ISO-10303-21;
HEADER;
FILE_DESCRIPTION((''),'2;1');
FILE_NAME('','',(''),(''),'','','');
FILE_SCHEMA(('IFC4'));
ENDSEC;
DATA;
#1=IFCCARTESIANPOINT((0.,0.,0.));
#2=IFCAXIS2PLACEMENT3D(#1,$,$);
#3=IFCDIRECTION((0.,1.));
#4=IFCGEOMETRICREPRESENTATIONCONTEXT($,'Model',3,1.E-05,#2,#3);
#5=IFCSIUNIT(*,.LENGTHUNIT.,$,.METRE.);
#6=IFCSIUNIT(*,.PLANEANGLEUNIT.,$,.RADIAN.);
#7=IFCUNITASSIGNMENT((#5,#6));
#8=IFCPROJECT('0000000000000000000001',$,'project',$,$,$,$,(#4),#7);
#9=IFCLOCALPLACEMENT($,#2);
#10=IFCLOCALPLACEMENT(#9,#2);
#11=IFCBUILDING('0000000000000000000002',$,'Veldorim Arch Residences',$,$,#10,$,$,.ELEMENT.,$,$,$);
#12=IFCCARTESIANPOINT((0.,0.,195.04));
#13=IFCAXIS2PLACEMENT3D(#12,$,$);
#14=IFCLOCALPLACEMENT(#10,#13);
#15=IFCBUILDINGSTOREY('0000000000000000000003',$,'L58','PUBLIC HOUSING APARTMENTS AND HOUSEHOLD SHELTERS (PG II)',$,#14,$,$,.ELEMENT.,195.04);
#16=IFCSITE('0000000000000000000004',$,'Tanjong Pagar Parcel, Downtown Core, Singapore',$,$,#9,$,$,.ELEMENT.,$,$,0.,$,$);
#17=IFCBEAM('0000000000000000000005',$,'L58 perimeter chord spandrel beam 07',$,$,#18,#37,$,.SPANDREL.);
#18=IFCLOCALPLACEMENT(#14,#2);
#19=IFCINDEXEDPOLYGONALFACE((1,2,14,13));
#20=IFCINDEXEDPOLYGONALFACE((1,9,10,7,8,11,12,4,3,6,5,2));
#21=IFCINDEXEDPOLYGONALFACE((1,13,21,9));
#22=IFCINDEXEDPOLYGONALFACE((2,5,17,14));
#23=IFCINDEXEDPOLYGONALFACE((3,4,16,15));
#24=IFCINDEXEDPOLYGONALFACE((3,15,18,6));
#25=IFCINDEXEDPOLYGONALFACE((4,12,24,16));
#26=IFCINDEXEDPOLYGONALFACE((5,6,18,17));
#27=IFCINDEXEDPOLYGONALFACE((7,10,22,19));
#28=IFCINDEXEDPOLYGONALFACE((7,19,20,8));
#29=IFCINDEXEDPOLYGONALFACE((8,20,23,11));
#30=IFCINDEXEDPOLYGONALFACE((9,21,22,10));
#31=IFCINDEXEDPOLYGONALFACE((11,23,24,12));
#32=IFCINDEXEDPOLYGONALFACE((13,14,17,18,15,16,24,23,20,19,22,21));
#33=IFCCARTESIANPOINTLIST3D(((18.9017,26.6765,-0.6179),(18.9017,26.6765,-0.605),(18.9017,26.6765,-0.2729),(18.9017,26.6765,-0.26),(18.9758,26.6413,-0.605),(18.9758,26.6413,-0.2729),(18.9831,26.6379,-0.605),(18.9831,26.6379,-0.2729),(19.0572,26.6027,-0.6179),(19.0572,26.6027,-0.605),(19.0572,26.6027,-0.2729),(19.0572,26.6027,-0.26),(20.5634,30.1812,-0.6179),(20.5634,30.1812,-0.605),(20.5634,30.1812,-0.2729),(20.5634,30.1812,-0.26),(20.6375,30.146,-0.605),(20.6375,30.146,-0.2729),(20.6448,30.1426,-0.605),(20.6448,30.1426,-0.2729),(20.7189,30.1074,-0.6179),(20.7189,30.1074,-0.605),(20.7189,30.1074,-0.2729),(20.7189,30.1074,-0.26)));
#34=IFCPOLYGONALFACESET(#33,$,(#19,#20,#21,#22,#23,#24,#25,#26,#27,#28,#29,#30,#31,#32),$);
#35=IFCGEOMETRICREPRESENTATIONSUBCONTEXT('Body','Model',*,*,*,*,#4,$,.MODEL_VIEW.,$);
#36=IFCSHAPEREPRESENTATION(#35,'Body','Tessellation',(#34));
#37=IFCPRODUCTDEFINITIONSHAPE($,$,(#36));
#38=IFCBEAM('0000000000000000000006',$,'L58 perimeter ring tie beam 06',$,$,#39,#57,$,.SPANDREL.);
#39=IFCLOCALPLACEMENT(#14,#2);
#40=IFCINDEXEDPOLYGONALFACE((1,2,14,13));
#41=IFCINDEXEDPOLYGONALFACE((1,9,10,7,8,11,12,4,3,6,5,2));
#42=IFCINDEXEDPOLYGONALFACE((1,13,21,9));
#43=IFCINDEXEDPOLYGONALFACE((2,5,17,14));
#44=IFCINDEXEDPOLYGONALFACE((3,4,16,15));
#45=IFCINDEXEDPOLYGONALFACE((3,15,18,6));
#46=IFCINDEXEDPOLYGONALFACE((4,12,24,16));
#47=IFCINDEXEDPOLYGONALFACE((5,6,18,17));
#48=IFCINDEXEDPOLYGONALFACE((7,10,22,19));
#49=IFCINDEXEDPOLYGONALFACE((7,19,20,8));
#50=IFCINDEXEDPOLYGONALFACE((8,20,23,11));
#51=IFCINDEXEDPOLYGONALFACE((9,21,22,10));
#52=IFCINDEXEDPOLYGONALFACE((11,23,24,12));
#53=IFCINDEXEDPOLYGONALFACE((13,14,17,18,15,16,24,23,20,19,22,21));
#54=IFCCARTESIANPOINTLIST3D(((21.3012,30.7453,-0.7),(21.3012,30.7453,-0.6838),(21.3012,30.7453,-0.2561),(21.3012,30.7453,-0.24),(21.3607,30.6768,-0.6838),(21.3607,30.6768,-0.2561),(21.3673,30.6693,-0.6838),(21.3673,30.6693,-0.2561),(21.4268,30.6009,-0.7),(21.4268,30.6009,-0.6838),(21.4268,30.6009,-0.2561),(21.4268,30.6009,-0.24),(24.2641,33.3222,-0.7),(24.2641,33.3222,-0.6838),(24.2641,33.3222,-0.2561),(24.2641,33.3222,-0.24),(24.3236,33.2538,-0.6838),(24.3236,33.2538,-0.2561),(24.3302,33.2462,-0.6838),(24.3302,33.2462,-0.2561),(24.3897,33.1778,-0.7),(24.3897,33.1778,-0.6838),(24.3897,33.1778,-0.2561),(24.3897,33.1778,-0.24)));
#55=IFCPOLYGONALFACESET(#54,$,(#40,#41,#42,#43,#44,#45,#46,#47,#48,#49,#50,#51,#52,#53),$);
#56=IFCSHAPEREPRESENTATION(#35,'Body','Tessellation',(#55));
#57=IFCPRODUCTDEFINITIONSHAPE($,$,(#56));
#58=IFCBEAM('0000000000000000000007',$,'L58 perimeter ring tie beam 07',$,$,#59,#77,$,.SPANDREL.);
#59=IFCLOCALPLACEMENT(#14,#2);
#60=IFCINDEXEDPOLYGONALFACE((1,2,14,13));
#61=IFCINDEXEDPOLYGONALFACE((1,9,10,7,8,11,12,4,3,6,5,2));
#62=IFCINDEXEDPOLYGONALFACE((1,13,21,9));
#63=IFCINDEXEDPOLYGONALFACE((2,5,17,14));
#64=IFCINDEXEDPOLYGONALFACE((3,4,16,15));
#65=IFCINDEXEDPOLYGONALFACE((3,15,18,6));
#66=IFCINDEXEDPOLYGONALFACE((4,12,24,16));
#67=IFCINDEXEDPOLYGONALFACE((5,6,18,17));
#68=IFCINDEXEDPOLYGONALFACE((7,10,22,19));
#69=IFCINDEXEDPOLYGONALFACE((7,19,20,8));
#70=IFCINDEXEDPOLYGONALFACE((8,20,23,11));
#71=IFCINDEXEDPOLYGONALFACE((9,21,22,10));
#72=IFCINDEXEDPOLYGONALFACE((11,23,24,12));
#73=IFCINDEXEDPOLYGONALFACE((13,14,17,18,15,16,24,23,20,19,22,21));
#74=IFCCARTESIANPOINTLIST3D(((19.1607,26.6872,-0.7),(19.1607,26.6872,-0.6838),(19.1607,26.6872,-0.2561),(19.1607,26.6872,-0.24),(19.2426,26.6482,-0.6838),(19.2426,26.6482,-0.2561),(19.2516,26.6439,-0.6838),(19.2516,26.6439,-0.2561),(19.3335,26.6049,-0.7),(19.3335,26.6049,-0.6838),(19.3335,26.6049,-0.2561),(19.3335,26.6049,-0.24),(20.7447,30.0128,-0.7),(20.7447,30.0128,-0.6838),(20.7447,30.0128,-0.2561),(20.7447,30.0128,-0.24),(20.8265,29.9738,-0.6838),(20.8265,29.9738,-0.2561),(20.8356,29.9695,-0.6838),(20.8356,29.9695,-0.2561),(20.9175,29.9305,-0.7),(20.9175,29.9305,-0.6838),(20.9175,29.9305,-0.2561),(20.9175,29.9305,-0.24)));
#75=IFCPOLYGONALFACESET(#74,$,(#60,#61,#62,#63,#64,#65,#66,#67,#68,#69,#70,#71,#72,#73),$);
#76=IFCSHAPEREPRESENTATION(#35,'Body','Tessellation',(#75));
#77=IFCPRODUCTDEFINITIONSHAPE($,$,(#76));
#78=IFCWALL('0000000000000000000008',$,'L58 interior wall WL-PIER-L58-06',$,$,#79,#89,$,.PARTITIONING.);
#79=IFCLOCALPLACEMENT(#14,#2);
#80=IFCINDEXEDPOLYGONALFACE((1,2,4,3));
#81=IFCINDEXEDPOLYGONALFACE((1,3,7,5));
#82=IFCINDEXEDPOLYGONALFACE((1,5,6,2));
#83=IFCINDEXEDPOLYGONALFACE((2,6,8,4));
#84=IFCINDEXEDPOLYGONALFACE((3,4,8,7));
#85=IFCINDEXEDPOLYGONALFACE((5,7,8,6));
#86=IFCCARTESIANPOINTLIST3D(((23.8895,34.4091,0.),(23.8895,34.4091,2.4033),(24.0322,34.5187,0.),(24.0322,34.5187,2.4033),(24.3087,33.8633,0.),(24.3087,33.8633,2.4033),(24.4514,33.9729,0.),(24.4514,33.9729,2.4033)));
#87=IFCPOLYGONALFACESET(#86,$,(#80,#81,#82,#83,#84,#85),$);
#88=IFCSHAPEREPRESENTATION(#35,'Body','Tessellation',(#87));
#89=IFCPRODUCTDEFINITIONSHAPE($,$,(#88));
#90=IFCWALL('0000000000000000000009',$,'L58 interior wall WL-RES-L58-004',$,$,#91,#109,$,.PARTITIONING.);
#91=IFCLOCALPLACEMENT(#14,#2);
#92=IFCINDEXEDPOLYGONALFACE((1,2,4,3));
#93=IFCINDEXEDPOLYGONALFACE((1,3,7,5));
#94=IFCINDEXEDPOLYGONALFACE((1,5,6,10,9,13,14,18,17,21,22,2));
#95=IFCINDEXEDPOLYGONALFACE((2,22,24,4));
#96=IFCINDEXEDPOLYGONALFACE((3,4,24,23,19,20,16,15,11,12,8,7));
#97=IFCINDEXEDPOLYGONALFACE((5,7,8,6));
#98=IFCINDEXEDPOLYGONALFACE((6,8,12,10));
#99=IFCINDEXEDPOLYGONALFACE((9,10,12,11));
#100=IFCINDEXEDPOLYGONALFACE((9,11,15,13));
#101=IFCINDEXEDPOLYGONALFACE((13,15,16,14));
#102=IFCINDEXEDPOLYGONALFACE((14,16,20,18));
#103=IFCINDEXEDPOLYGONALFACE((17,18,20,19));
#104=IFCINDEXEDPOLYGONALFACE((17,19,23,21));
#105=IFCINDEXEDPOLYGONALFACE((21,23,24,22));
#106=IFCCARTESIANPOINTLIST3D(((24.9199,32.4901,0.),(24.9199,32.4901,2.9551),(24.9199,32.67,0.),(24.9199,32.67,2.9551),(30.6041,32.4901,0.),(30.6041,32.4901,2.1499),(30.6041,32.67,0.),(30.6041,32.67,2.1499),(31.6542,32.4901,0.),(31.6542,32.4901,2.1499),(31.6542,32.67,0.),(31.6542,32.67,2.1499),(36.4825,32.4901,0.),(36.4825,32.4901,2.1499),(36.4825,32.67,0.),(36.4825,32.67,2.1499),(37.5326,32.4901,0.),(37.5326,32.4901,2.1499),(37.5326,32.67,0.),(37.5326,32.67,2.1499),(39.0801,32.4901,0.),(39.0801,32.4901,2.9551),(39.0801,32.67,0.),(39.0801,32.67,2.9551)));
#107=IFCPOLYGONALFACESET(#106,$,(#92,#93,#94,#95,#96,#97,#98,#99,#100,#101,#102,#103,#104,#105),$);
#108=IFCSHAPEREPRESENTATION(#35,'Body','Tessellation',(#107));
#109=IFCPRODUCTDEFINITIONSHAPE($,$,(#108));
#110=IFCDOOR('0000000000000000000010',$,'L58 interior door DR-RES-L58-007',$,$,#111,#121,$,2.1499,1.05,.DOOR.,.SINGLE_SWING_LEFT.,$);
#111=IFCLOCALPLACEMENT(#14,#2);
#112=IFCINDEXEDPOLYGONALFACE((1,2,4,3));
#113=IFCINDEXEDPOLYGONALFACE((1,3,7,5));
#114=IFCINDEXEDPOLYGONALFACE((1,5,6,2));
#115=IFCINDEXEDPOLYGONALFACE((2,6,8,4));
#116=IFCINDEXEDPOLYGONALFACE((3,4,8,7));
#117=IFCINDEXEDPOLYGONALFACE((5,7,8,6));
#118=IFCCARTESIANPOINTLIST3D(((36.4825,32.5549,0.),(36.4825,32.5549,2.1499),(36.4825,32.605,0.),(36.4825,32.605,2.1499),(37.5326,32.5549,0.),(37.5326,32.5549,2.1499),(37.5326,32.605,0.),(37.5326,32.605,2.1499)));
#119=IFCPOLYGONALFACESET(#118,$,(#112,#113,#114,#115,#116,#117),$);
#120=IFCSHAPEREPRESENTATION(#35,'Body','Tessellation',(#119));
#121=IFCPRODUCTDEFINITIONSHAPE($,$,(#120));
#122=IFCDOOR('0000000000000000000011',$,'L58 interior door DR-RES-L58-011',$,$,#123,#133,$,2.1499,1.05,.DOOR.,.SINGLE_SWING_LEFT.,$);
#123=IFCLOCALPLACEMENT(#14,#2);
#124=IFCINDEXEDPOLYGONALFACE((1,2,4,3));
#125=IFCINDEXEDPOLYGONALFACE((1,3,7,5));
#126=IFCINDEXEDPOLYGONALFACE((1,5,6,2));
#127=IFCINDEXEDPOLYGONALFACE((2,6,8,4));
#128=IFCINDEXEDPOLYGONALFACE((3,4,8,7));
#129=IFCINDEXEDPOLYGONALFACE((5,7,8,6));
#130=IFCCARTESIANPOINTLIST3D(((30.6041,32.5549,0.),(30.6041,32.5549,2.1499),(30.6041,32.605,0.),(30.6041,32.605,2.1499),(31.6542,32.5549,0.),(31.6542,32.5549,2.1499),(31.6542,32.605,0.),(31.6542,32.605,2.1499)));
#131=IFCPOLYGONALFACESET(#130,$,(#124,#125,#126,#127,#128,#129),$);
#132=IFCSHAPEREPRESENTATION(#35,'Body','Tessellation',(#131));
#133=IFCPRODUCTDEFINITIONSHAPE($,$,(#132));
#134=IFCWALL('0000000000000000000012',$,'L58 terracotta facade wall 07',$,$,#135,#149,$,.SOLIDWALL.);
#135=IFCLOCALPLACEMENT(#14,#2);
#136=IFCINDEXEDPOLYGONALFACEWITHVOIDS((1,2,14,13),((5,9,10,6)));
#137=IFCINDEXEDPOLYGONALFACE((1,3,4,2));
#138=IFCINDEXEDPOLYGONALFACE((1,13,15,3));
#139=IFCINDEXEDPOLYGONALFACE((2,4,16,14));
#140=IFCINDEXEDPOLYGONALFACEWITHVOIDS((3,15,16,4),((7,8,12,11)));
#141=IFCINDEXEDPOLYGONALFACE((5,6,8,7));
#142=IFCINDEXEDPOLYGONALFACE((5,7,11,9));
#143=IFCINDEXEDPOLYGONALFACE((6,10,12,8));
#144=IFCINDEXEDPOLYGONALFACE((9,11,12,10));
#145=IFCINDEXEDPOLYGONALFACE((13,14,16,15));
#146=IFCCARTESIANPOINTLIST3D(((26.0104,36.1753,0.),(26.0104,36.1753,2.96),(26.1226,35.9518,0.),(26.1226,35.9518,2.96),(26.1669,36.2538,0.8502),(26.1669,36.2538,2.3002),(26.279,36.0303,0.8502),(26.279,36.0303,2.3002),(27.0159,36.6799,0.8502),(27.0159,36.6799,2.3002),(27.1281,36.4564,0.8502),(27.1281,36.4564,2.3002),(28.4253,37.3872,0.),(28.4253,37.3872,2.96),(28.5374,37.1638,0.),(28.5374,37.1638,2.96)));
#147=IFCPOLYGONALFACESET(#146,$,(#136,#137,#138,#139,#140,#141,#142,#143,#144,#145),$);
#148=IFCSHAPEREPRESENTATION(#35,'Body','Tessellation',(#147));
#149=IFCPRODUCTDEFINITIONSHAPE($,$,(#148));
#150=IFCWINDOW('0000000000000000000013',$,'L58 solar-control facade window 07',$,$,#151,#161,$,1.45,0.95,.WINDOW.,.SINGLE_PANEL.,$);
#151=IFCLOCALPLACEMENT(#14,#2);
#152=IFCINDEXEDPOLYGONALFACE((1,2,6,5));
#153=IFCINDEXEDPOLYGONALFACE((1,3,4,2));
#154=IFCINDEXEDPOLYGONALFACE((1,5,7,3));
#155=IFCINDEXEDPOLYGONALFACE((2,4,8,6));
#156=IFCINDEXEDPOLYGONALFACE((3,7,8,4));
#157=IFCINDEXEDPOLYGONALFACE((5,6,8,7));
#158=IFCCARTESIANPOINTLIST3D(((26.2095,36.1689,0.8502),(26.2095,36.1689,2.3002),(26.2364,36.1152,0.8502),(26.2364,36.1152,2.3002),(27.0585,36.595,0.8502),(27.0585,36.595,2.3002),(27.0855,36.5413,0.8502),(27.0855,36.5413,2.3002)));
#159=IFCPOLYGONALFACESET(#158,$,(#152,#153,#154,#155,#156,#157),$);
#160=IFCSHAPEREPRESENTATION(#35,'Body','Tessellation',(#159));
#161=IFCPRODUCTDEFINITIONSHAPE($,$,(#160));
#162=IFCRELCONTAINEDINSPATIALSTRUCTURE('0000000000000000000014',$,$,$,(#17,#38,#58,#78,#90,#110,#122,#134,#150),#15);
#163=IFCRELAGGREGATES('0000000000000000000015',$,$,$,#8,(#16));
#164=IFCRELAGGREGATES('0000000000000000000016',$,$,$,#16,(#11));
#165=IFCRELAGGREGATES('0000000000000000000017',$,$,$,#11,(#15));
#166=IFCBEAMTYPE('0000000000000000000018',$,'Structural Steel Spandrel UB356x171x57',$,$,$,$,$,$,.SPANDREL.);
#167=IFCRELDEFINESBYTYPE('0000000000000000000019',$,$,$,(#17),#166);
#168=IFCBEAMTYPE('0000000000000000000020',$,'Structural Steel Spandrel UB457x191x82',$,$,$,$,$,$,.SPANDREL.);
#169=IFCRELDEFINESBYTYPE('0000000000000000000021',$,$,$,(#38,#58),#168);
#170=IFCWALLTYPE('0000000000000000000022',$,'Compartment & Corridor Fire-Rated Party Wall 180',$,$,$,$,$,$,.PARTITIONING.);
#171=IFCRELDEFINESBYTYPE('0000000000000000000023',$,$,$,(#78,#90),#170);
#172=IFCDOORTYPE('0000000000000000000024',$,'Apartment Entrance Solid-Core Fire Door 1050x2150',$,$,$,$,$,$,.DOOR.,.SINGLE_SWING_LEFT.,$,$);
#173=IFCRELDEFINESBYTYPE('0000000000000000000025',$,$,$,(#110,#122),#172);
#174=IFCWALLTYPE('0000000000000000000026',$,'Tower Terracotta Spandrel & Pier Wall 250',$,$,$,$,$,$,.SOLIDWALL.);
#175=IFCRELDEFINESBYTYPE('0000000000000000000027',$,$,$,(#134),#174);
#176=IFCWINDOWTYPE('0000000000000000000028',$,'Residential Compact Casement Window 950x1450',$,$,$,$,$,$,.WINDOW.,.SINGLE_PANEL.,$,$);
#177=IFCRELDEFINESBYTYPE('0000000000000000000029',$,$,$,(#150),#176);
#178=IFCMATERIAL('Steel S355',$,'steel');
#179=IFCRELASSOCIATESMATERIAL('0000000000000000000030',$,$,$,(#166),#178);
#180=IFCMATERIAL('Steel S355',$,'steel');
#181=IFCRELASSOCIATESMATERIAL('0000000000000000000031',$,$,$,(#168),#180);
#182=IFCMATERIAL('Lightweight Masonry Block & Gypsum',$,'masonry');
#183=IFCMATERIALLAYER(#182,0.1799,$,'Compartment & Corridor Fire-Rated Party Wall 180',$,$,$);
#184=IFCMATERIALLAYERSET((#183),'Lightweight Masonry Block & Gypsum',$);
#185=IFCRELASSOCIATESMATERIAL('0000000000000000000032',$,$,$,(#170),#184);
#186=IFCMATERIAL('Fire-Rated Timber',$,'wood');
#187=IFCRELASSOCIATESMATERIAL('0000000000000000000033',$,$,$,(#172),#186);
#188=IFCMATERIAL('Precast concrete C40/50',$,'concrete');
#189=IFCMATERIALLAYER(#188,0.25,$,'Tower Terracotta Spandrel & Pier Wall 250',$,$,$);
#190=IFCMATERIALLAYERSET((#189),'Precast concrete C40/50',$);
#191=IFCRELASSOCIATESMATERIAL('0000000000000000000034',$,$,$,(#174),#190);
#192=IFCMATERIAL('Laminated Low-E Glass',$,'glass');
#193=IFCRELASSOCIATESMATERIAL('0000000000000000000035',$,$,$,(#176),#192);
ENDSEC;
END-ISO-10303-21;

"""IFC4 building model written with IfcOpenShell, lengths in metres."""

from ifc_helpers import new_model, si_unit, direction, frame, frame_2d, origin, origin_2d, place, context, subcontext, project, spatial, rectangle, i_section, extrude, material, layer, layer_set, material_profile, profile_set, type_object, element, fill, save


model = new_model("IFC4")

# Units and contexts
model_context = context("Model", 3, precision=1e-05, world=origin(), true_north=direction((0.0, 1.0)))
body_context = subcontext(model_context, "Body", "Model", "MODEL_VIEW")
ifc_project = project(units=[si_unit("LENGTHUNIT", "METRE"), si_unit("PLANEANGLEUNIT", "RADIAN")], contexts=[model_context])

# Site, building, storey
site_placement = place(None, origin())
site = spatial("IfcSite", under=ifc_project, at=site_placement, Name="Tanjong Pagar Parcel, Downtown Core, Singapore", CompositionType="ELEMENT", RefElevation=0.0)
building_placement = place(site_placement, origin())
building = spatial("IfcBuilding", under=site, at=building_placement, Name="Veldorim Arch Residences", CompositionType="ELEMENT")
storey_placement = place(building_placement, frame((0.0, 0.0, 195.04)))
storey = spatial("IfcBuildingStorey", under=building, at=storey_placement, Name="L58", Description="PUBLIC HOUSING APARTMENTS AND HOUSEHOLD SHELTERS (PG II)", CompositionType="ELEMENT", Elevation=195.04)

# Beams
ifc_material_1 = material(Name="Steel S355", Category="steel")
ifc_material_profile_1 = material_profile(ifc_material_1, i_section(OverallWidth=0.1721, OverallDepth=0.3579, WebThickness=0.0081, FlangeThickness=0.0129, at=origin_2d()), Name="UB356x171x57")
ifc_profile_set_1 = profile_set([ifc_material_profile_1], Name="Steel S355")
beam_type_1 = type_object("IfcBeamType", Name="Structural Steel Spandrel UB356x171x57", PredefinedType="SPANDREL", material=ifc_profile_set_1)
beam_1_placement = place(storey_placement, frame((20.6411, 30.1443, -0.439), z_axis=(-0.428408, -0.903585, 0.0), x_axis=(0.903585, -0.428408, 0.0)))
element("IfcBeam", 1, at=beam_1_placement, inside=storey, type_object=beam_type_1, Name="L58 perimeter chord spandrel beam 07", PredefinedType="SPANDREL", context=body_context, shape_type="SweptSolid", body=[
    extrude(i_section(OverallWidth=0.1721, OverallDepth=0.3579, WebThickness=0.0081, FlangeThickness=0.0129, at=origin_2d()), origin(), (0.0, 0.0, 1.0), 3.8787),
])
ifc_material_2 = material(Name="Steel S355", Category="steel")
ifc_material_profile_2 = material_profile(ifc_material_2, i_section(OverallWidth=0.1914, OverallDepth=0.46, WebThickness=0.01, FlangeThickness=0.0161, at=origin_2d()), Name="UB457x191x82")
ifc_profile_set_2 = profile_set([ifc_material_profile_2], Name="Steel S355")
beam_type_2 = type_object("IfcBeamType", Name="Structural Steel Spandrel UB457x191x82", PredefinedType="SPANDREL", material=ifc_profile_set_2)
beam_2_placement = place(storey_placement, frame((24.3269, 33.25, -0.47), z_axis=(-0.754545, -0.656248, 0.0), x_axis=(0.656248, -0.754545, 0.0)))
element("IfcBeam", 2, at=beam_2_placement, inside=storey, type_object=beam_type_2, Name="L58 perimeter ring tie beam 06", PredefinedType="SPANDREL", context=body_context, shape_type="SweptSolid", body=[
    extrude(i_section(OverallWidth=0.1914, OverallDepth=0.46, WebThickness=0.01, FlangeThickness=0.0161, at=origin_2d()), origin(), (0.0, 0.0, 1.0), 3.9268),
])
beam_3_placement = place(storey_placement, frame((20.8311, 29.9717, -0.47), z_axis=(-0.430006, -0.902826, 0.0), x_axis=(0.902826, -0.430006, 0.0)))
element("IfcBeam", 3, at=beam_3_placement, inside=storey, type_object=beam_type_2, Name="L58 perimeter ring tie beam 07", PredefinedType="SPANDREL", context=body_context, shape_type="SweptSolid", body=[
    extrude(i_section(OverallWidth=0.1914, OverallDepth=0.46, WebThickness=0.01, FlangeThickness=0.0161, at=origin_2d()), origin(), (0.0, 0.0, 1.0), 3.6836),
])

# Wall
ifc_material_3 = material(Name="Lightweight Masonry Block & Gypsum", Category="masonry")
ifc_layer_1 = layer(ifc_material_3, 0.1799, Name="Compartment & Corridor Fire-Rated Party Wall 180")
ifc_layer_set_1 = layer_set([ifc_layer_1], Name="Lightweight Masonry Block & Gypsum")
wall_type_1 = type_object("IfcWallType", Name="Compartment & Corridor Fire-Rated Party Wall 180", PredefinedType="PARTITIONING", material=ifc_layer_set_1)
wall_1_placement = place(storey_placement, frame((24.3801, 33.918, 0.0), z_axis=(0.0, 0.0, 1.0), x_axis=(-0.609042, 0.793138, 0.0)))
element("IfcWall", 4, at=wall_1_placement, inside=storey, type_object=wall_type_1, Name="L58 interior wall WL-PIER-L58-06", PredefinedType="PARTITIONING", context=body_context, shape_type="SweptSolid", body=[
    extrude(rectangle(XDim=0.6882, YDim=0.1799, at=frame_2d((0.3442, 0.0))), origin(), (0.0, 0.0, 1.0), 2.4033),
])

# Wall, openings, doors
wall_2_placement = place(storey_placement, frame((24.9199, 32.5801, 0.0), z_axis=(0.0, 0.0, 1.0), x_axis=(1.0, 0.0, 0.0)))
wall_2 = element("IfcWall", 5, at=wall_2_placement, inside=storey, type_object=wall_type_1, Name="L58 interior wall WL-RES-L58-004", PredefinedType="PARTITIONING", context=body_context, shape_type="SweptSolid", body=[
    extrude(rectangle(XDim=14.1602, YDim=0.1799, at=frame_2d((7.0801, 0.0))), origin(), (0.0, 0.0, 1.0), 2.9551),
])
opening_1_placement = place(wall_2_placement, frame((11.5627, 0.0, 0.0)))
opening_1 = element("IfcOpeningElement", 6, at=opening_1_placement, cuts=wall_2, PredefinedType="OPENING", context=body_context, shape_type="SweptSolid", body=[
    extrude(rectangle(XDim=1.05, YDim=2.1499, at=frame_2d((0.5249, 1.075))), frame((0.0, 0.0999, 0.0), z_axis=(0.0, -1.0, 0.0), x_axis=(1.0, 0.0, 0.0)), (0.0, 0.0, 1.0), 0.2),
])
opening_2_placement = place(wall_2_placement, frame((5.6843, 0.0, 0.0)))
opening_2 = element("IfcOpeningElement", 7, at=opening_2_placement, cuts=wall_2, PredefinedType="OPENING", context=body_context, shape_type="SweptSolid", body=[
    extrude(rectangle(XDim=1.05, YDim=2.1499, at=frame_2d((0.5249, 1.075))), frame((0.0, 0.0999, 0.0), z_axis=(0.0, -1.0, 0.0), x_axis=(1.0, 0.0, 0.0)), (0.0, 0.0, 1.0), 0.2),
])
ifc_material_4 = material(Name="Fire-Rated Timber", Category="wood")
door_type_1 = type_object("IfcDoorType", Name="Apartment Entrance Solid-Core Fire Door 1050x2150", OperationType="SINGLE_SWING_LEFT", PredefinedType="DOOR", material=ifc_material_4)
door_1_placement = place(opening_1_placement, origin())
door_1 = element("IfcDoor", 8, at=door_1_placement, inside=storey, type_object=door_type_1, Name="L58 interior door DR-RES-L58-007", OperationType="SINGLE_SWING_LEFT", OverallHeight=2.1499, OverallWidth=1.05, PredefinedType="DOOR", context=body_context, shape_type="SweptSolid", body=[
    extrude(rectangle(XDim=1.05, YDim=2.1499, at=frame_2d((0.5249, 1.075))), frame((0.0, 0.0249, 0.0), z_axis=(0.0, -1.0, 0.0), x_axis=(1.0, 0.0, 0.0)), (0.0, 0.0, 1.0), 0.05),
])
fill(opening_1, door_1)
door_2_placement = place(opening_2_placement, origin())
door_2 = element("IfcDoor", 9, at=door_2_placement, inside=storey, type_object=door_type_1, Name="L58 interior door DR-RES-L58-011", OperationType="SINGLE_SWING_LEFT", OverallHeight=2.1499, OverallWidth=1.05, PredefinedType="DOOR", context=body_context, shape_type="SweptSolid", body=[
    extrude(rectangle(XDim=1.05, YDim=2.1499, at=frame_2d((0.5249, 1.075))), frame((0.0, 0.0249, 0.0), z_axis=(0.0, -1.0, 0.0), x_axis=(1.0, 0.0, 0.0)), (0.0, 0.0, 1.0), 0.05),
])
fill(opening_2, door_2)

# Wall, opening, window
ifc_material_5 = material(Name="Precast concrete C40/50", Category="concrete")
ifc_layer_2 = layer(ifc_material_5, 0.25, Name="Tower Terracotta Spandrel & Pier Wall 250")
ifc_layer_set_2 = layer_set([ifc_layer_2], Name="Precast concrete C40/50")
wall_type_2 = type_object("IfcWallType", Name="Tower Terracotta Spandrel & Pier Wall 250", PredefinedType="SOLIDWALL", material=ifc_layer_set_2)
wall_3_placement = place(storey_placement, frame((26.0664, 36.0635, 0.0), z_axis=(0.0, 0.0, 1.0), x_axis=(0.893758, 0.44855, 0.0)))
wall_3 = element("IfcWall", 10, at=wall_3_placement, inside=storey, type_object=wall_type_2, Name="L58 terracotta facade wall 07", PredefinedType="SOLIDWALL", context=body_context, shape_type="SweptSolid", body=[
    extrude(rectangle(XDim=2.7019, YDim=0.25, at=frame_2d((1.3511, 0.0))), origin(), (0.0, 0.0, 1.0), 2.96),
])
opening_3_placement = place(wall_3_placement, frame((0.175, 0.0, 0.8501)))
opening_3 = element("IfcOpeningElement", 11, at=opening_3_placement, cuts=wall_3, PredefinedType="OPENING", context=body_context, shape_type="SweptSolid", body=[
    extrude(rectangle(XDim=0.95, YDim=1.45, at=frame_2d((0.4751, 0.7251))), frame((0.0, 0.135, 0.0), z_axis=(0.0, -1.0, 0.0), x_axis=(1.0, 0.0, 0.0)), (0.0, 0.0, 1.0), 0.27),
])
ifc_material_6 = material(Name="Laminated Low-E Glass", Category="glass")
window_type_1 = type_object("IfcWindowType", Name="Residential Compact Casement Window 950x1450", PartitioningType="SINGLE_PANEL", PredefinedType="WINDOW", material=ifc_material_6)
window_1_placement = place(opening_3_placement, origin())
window_1 = element("IfcWindow", 12, at=window_1_placement, inside=storey, type_object=window_type_1, Name="L58 solar-control facade window 07", OverallHeight=1.45, OverallWidth=0.95, PartitioningType="SINGLE_PANEL", PredefinedType="WINDOW", context=body_context, shape_type="SweptSolid", body=[
    extrude(rectangle(XDim=0.95, YDim=1.45, at=frame_2d((0.4751, 0.7251))), frame((0.0, 0.03, 0.0), z_axis=(0.0, -1.0, 0.0), x_axis=(1.0, 0.0, 0.0)), (0.0, 0.0, 1.0), 0.0601),
])
fill(opening_3, window_1)

save(model, "model.ifc")
